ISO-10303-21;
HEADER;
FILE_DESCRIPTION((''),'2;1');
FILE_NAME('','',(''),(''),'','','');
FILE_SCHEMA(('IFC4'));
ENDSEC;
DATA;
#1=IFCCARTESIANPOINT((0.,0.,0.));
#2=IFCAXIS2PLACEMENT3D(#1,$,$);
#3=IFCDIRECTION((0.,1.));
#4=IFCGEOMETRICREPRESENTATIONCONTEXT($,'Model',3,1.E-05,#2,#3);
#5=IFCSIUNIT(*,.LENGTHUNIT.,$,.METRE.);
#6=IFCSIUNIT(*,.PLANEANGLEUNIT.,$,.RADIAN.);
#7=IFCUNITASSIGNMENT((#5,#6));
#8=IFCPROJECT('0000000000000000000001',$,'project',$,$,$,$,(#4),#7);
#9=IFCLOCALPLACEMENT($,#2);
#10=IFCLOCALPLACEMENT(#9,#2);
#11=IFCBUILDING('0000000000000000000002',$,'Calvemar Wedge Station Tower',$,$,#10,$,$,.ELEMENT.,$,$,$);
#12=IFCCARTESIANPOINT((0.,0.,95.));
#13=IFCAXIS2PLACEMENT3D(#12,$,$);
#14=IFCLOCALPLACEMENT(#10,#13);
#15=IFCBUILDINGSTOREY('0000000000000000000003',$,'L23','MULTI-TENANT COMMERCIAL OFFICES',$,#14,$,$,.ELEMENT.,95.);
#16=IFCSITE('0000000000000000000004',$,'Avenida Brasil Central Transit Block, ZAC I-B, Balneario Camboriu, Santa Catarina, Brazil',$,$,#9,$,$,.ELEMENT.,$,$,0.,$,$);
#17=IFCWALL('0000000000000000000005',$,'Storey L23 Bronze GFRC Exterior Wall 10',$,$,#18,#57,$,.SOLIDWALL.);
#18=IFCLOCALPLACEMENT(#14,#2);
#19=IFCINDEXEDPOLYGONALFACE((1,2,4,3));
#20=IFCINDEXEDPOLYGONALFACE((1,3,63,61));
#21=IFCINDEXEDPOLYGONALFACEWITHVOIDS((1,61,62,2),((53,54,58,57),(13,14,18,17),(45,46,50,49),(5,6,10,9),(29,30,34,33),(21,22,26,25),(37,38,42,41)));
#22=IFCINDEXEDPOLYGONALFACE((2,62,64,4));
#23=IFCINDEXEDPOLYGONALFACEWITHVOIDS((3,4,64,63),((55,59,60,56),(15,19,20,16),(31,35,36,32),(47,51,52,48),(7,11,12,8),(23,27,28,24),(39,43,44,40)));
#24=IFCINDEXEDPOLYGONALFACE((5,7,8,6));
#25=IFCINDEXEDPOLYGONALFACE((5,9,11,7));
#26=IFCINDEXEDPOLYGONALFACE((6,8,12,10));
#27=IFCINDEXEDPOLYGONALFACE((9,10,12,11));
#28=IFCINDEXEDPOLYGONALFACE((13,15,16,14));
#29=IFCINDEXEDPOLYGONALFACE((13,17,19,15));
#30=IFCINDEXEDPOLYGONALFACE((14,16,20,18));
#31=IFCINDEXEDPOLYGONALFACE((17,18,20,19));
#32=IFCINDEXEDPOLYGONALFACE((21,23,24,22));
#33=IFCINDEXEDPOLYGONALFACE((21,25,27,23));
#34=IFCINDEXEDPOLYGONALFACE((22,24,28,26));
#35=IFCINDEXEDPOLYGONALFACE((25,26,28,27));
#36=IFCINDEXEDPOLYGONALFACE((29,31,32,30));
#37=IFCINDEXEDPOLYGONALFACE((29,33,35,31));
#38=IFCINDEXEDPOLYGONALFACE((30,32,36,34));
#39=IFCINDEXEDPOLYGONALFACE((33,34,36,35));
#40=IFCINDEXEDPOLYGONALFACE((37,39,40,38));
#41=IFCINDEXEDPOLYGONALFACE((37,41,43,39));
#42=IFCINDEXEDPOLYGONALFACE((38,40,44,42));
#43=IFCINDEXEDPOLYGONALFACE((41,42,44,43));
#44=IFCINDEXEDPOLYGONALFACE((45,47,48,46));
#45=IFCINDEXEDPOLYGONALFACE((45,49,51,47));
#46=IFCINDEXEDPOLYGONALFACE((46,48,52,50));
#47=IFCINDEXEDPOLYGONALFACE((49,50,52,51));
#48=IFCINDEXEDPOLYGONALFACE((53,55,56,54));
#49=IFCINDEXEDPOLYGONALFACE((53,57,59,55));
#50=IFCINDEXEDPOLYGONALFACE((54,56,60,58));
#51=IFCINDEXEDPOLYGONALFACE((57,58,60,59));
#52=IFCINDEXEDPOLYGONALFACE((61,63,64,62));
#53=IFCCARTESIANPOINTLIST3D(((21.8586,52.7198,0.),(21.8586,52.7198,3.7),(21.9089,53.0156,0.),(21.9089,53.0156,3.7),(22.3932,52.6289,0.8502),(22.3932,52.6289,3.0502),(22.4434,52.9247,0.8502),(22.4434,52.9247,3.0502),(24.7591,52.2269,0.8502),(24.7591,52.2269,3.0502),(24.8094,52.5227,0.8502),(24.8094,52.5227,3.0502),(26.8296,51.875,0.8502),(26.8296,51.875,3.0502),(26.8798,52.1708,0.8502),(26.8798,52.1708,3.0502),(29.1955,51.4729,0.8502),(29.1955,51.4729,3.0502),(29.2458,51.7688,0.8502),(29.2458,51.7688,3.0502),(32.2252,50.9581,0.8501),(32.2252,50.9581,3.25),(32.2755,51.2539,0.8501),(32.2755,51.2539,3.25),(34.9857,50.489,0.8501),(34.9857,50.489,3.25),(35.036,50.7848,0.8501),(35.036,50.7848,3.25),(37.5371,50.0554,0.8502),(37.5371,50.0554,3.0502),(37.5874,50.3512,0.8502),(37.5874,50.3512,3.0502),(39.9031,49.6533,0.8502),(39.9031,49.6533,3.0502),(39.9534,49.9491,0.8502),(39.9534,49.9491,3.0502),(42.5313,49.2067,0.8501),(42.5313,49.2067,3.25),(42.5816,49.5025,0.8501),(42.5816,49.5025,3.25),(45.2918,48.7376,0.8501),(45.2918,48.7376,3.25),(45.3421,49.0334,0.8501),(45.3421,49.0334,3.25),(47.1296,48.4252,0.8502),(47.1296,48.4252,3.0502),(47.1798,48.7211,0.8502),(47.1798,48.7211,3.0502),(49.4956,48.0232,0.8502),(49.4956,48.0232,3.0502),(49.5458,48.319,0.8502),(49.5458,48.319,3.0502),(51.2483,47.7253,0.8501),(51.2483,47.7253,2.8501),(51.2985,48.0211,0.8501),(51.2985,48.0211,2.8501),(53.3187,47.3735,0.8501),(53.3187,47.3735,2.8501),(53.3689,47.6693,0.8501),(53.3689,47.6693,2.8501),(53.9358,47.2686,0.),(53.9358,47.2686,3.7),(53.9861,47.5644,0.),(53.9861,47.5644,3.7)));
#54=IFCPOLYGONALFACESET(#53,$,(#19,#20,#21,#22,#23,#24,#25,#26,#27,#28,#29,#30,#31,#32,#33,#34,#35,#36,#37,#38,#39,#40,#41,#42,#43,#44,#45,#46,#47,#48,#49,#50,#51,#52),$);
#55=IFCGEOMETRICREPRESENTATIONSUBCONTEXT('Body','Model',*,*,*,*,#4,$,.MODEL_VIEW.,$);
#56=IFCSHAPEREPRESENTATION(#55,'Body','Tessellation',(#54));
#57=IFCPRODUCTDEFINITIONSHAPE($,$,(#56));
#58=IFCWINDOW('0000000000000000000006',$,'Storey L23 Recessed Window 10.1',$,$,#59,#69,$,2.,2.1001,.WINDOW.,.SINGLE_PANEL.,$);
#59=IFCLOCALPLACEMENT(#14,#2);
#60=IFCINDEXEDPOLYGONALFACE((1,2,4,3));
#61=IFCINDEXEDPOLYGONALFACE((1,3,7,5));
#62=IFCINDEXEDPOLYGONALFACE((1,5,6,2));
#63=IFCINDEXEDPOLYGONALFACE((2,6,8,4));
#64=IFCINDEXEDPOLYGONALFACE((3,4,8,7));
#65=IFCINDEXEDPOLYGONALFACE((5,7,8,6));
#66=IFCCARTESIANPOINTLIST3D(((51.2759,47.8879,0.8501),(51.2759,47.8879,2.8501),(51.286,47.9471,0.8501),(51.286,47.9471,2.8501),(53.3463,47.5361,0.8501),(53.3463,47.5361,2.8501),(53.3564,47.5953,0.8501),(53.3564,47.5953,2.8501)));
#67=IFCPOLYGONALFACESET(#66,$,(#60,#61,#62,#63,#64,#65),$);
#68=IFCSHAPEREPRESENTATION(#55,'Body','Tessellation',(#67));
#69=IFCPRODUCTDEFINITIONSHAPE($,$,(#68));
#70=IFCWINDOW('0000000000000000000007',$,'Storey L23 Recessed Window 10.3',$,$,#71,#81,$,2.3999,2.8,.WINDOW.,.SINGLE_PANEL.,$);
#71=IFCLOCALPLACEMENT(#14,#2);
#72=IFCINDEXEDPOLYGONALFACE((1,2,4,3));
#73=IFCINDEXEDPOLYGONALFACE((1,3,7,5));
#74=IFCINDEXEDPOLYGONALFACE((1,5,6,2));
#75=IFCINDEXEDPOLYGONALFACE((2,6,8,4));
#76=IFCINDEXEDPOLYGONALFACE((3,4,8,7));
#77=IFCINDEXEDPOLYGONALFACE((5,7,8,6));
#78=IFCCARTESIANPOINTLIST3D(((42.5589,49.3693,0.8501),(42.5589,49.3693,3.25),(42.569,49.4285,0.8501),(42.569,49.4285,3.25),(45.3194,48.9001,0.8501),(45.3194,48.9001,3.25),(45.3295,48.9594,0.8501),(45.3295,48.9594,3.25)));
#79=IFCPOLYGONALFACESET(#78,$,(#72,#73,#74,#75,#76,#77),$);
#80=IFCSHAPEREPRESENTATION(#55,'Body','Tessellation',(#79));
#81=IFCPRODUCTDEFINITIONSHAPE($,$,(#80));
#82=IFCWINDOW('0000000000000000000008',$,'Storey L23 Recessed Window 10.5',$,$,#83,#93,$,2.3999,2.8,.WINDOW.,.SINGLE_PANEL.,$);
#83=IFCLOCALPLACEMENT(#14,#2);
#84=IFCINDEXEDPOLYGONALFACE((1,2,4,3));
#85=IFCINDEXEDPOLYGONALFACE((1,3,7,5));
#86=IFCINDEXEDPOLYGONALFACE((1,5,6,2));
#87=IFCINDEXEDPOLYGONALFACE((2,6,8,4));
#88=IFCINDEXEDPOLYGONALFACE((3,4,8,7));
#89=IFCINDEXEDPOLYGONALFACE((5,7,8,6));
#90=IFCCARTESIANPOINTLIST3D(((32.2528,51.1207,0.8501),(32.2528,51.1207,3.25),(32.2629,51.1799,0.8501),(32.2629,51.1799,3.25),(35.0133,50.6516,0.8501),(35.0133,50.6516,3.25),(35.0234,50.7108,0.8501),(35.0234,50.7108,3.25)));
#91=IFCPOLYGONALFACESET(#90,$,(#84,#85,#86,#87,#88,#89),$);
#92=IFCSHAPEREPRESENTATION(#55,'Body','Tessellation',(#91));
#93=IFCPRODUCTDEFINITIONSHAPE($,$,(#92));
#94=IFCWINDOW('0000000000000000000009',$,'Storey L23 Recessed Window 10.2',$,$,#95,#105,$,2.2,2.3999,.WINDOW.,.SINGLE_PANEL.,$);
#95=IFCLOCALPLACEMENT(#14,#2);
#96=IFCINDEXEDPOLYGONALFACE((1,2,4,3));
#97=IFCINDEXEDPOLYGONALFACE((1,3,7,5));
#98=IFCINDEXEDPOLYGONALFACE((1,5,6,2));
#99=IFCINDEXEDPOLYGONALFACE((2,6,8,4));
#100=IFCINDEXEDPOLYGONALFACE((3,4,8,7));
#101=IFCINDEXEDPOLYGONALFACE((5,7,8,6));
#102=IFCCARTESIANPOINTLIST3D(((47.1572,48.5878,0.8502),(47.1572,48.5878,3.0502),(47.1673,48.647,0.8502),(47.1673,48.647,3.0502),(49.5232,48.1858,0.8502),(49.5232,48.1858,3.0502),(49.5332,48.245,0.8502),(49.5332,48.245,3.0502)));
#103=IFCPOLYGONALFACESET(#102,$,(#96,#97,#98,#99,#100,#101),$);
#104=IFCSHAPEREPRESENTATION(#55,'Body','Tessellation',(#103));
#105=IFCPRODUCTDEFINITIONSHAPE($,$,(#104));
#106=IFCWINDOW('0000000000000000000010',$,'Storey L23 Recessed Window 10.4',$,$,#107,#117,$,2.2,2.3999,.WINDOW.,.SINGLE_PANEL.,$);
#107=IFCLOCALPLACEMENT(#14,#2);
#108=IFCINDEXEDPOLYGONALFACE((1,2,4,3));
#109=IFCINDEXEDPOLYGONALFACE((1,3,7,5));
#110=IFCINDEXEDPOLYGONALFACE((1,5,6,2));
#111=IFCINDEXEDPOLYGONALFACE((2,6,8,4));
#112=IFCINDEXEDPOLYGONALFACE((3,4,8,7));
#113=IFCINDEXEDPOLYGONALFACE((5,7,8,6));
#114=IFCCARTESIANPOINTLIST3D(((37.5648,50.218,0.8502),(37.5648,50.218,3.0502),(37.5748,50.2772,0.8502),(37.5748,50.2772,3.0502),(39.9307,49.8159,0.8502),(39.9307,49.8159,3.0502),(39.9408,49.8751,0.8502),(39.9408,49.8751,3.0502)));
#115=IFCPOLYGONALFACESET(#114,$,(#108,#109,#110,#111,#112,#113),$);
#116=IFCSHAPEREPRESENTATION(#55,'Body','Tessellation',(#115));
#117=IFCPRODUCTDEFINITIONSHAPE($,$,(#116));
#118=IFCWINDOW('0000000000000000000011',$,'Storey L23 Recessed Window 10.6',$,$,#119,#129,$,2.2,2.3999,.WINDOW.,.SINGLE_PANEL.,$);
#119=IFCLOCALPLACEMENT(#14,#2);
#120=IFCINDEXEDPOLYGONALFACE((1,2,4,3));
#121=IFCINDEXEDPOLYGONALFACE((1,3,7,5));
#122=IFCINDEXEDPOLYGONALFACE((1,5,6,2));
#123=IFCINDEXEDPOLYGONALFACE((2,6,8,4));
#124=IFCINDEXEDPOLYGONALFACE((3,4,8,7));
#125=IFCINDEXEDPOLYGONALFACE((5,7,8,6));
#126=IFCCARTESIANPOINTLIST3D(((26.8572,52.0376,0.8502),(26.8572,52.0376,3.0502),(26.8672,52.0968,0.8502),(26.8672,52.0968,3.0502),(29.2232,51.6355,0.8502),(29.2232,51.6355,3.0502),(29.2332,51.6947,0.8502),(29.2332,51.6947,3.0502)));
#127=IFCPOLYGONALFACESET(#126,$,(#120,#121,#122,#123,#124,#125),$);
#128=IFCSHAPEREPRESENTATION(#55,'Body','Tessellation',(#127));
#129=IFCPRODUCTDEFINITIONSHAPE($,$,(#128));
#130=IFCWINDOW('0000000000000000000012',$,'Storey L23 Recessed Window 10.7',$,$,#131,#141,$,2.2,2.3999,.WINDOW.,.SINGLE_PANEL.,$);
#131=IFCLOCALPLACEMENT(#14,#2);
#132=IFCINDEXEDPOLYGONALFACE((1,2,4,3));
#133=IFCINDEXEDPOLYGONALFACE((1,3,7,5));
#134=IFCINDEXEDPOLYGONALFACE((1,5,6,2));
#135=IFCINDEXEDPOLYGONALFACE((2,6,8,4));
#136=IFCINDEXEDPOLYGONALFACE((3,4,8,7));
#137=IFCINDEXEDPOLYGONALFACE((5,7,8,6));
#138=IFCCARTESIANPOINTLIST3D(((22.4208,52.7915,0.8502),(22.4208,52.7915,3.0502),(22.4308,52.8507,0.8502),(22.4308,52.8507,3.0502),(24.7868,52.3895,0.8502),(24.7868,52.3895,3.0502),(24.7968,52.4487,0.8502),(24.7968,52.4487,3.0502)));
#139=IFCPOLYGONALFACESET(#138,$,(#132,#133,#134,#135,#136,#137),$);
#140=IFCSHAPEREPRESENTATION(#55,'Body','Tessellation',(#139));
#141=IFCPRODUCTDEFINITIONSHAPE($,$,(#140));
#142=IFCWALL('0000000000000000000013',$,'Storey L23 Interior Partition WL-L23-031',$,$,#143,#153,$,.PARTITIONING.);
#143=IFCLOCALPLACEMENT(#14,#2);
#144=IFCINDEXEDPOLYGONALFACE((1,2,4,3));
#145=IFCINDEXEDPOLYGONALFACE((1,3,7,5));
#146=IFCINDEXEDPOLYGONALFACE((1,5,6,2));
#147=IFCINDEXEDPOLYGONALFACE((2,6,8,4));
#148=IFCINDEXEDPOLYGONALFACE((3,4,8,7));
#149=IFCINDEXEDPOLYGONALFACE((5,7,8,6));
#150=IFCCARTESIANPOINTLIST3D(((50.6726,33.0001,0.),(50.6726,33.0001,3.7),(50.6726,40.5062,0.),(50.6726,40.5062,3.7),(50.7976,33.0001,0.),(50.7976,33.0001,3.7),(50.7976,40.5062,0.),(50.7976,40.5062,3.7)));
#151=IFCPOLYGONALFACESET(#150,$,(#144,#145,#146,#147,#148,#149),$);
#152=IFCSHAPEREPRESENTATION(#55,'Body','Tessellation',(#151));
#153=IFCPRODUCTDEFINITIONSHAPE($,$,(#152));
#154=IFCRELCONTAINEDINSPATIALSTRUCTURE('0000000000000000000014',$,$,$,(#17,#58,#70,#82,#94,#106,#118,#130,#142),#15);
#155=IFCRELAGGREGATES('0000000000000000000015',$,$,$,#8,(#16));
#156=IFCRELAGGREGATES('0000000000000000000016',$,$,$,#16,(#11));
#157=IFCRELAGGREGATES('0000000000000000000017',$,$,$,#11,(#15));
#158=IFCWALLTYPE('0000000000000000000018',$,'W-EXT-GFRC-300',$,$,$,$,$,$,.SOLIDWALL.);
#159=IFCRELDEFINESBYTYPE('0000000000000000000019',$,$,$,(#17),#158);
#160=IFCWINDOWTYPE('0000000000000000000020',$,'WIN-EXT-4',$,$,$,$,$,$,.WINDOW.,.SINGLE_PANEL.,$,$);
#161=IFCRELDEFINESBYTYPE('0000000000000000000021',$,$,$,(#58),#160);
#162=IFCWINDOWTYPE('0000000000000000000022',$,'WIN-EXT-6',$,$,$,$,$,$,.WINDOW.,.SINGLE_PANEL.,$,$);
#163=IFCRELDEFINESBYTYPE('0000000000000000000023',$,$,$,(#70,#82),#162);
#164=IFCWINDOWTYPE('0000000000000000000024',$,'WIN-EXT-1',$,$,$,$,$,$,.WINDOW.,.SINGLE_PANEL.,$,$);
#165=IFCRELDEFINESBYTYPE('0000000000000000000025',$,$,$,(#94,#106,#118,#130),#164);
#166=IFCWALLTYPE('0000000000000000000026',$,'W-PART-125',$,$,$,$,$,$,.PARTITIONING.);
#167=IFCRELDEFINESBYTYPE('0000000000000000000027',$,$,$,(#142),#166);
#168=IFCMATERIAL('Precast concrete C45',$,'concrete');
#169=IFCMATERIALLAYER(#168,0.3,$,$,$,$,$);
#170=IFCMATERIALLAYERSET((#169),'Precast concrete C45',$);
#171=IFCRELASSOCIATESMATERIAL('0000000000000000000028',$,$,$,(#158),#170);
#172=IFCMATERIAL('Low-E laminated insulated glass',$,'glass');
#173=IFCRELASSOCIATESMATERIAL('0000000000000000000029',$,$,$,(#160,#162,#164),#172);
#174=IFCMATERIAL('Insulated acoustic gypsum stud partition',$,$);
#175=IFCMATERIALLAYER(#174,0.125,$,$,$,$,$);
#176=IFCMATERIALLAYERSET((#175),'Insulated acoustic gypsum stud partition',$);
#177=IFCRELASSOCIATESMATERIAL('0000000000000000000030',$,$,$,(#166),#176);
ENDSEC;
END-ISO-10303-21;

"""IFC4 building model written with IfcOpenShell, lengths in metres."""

from ifc_helpers import new_model, si_unit, direction, frame, frame_2d, origin, place, context, subcontext, project, spatial, rectangle, extrude, source, transform, mapped, material, layer, layer_set, type_object, element, fill, save


model = new_model("IFC4")

# Units and contexts
model_context = context("Model", 3, precision=1e-05, world=origin(), true_north=direction((0.0, 1.0)))
body_context = subcontext(model_context, "Body", "Model", "MODEL_VIEW")
ifc_project = project(units=[si_unit("LENGTHUNIT", "METRE"), si_unit("PLANEANGLEUNIT", "RADIAN")], contexts=[model_context])

# Site, building, storey
site_placement = place(None, origin())
site = spatial("IfcSite", under=ifc_project, at=site_placement, Name="Avenida Brasil Central Transit Block, ZAC I-B, Balneario Camboriu, Santa Catarina, Brazil", CompositionType="ELEMENT", RefElevation=0.0)
building_placement = place(site_placement, origin())
building = spatial("IfcBuilding", under=site, at=building_placement, Name="Calvemar Wedge Station Tower", CompositionType="ELEMENT")
storey_placement = place(building_placement, frame((0.0, 0.0, 95.0)))
storey = spatial("IfcBuildingStorey", under=building, at=storey_placement, Name="L23", Description="MULTI-TENANT COMMERCIAL OFFICES", CompositionType="ELEMENT", Elevation=95.0)

# Shared definitions
ifc_material_1 = material(Name="Low-E laminated insulated glass", Category="glass")

# Shared definitions
ifc_material_2 = material(Name="Precast concrete C45", Category="concrete")
ifc_layer_1 = layer(ifc_material_2, 0.3)
ifc_layer_set_1 = layer_set([ifc_layer_1], Name="Precast concrete C45")
wall_type_1 = type_object("IfcWallType", Name="W-EXT-GFRC-300", PredefinedType="SOLIDWALL", material=ifc_layer_set_1)

# Wall, openings, windows
wall_1_placement = place(storey_placement, frame((53.9609, 47.4165, 0.0), z_axis=(0.0, 0.0, 1.0), x_axis=(-0.985866, 0.167537, 0.0)))
wall_1 = element("IfcWall", 1, at=wall_1_placement, inside=storey, type_object=wall_type_1, Name="Storey L23 Bronze GFRC Exterior Wall 10", PredefinedType="SOLIDWALL", context=body_context, shape_type="SweptSolid", body=[
    extrude(rectangle(XDim=32.5371, YDim=0.3, at=frame_2d((16.2686, 0.0))), origin(), (0.0, 0.0, 1.0), 3.7),
])
shared_shape_1 = source(origin(), body_context, "Body", "SweptSolid", [
    extrude(rectangle(XDim=2.1001, YDim=2.0, at=frame_2d((1.05, 1.0))), frame((0.0, 0.1602, 0.0), z_axis=(0.0, -1.0, 0.0), x_axis=(1.0, 0.0, 0.0)), (0.0, 0.0, 1.0), 0.3201),
])
opening_1_placement = place(wall_1_placement, frame((0.626, 0.0, 0.8501)))
opening_1 = element("IfcOpeningElement", 2, at=opening_1_placement, cuts=wall_1, PredefinedType="OPENING", context=body_context, shape_type="MappedRepresentation", body=[
    mapped(shared_shape_1, transform((0.0, 0.0, 0.0), scale=1.0)),
])
shared_shape_2 = source(origin(), body_context, "Body", "SweptSolid", [
    extrude(rectangle(XDim=2.3999, YDim=2.2, at=frame_2d((1.2, 1.1001))), frame((0.0, 0.1602, 0.0), z_axis=(0.0, -1.0, 0.0), x_axis=(1.0, 0.0, 0.0)), (0.0, 0.0, 1.0), 0.3201),
])
opening_2_placement = place(wall_1_placement, frame((4.5039, 0.0, 0.8501)))
opening_2 = element("IfcOpeningElement", 3, at=opening_2_placement, cuts=wall_1, PredefinedType="OPENING", context=body_context, shape_type="MappedRepresentation", body=[
    mapped(shared_shape_2, transform((0.0, 0.0, 0.0), scale=1.0)),
])
shared_shape_3 = source(origin(), body_context, "Body", "SweptSolid", [
    extrude(rectangle(XDim=2.8, YDim=2.3999, at=frame_2d((1.3999, 1.2))), frame((0.0, 0.1602, 0.0), z_axis=(0.0, -1.0, 0.0), x_axis=(1.0, 0.0, 0.0)), (0.0, 0.0, 1.0), 0.3201),
])
opening_3_placement = place(wall_1_placement, frame((8.7681, 0.0, 0.8501)))
opening_3 = element("IfcOpeningElement", 4, at=opening_3_placement, cuts=wall_1, PredefinedType="OPENING", context=body_context, shape_type="MappedRepresentation", body=[
    mapped(shared_shape_3, transform((0.0, 0.0, 0.0), scale=1.0)),
])
opening_4_placement = place(wall_1_placement, frame((14.2339, 0.0, 0.8501)))
opening_4 = element("IfcOpeningElement", 5, at=opening_4_placement, cuts=wall_1, PredefinedType="OPENING", context=body_context, shape_type="MappedRepresentation", body=[
    mapped(shared_shape_2, transform((0.0, 0.0, 0.0), scale=1.0)),
])
opening_5_placement = place(wall_1_placement, frame((19.2219, 0.0, 0.8501)))
opening_5 = element("IfcOpeningElement", 6, at=opening_5_placement, cuts=wall_1, PredefinedType="OPENING", context=body_context, shape_type="MappedRepresentation", body=[
    mapped(shared_shape_3, transform((0.0, 0.0, 0.0), scale=1.0)),
])
opening_6_placement = place(wall_1_placement, frame((25.095, 0.0, 0.8501)))
opening_6 = element("IfcOpeningElement", 7, at=opening_6_placement, cuts=wall_1, PredefinedType="OPENING", context=body_context, shape_type="MappedRepresentation", body=[
    mapped(shared_shape_2, transform((0.0, 0.0, 0.0), scale=1.0)),
])
opening_7_placement = place(wall_1_placement, frame((29.595, 0.0, 0.8501)))
opening_7 = element("IfcOpeningElement", 8, at=opening_7_placement, cuts=wall_1, PredefinedType="OPENING", context=body_context, shape_type="MappedRepresentation", body=[
    mapped(shared_shape_2, transform((0.0, 0.0, 0.0), scale=1.0)),
])
window_type_1 = type_object("IfcWindowType", Name="WIN-EXT-4", PartitioningType="SINGLE_PANEL", PredefinedType="WINDOW", material=ifc_material_1)
shared_shape_4 = source(origin(), body_context, "Body", "SweptSolid", [
    extrude(rectangle(XDim=2.1001, YDim=2.0, at=frame_2d((1.05, 1.0))), frame((0.0, -0.0149, 0.0), z_axis=(0.0, -1.0, 0.0), x_axis=(1.0, 0.0, 0.0)), (0.0, 0.0, 1.0), 0.0601),
])
window_1_placement = place(opening_1_placement, origin())
window_1 = element("IfcWindow", 9, at=window_1_placement, inside=storey, type_object=window_type_1, Name="Storey L23 Recessed Window 10.1", OverallHeight=2.0, OverallWidth=2.1001, PartitioningType="SINGLE_PANEL", PredefinedType="WINDOW", context=body_context, shape_type="MappedRepresentation", body=[
    mapped(shared_shape_4, transform((0.0, 0.0, 0.0), scale=1.0)),
])
fill(opening_1, window_1)
window_type_2 = type_object("IfcWindowType", Name="WIN-EXT-6", PartitioningType="SINGLE_PANEL", PredefinedType="WINDOW", material=ifc_material_1)
shared_shape_5 = source(origin(), body_context, "Body", "SweptSolid", [
    extrude(rectangle(XDim=2.8, YDim=2.3999, at=frame_2d((1.3999, 1.2))), frame((0.0, -0.0149, 0.0), z_axis=(0.0, -1.0, 0.0), x_axis=(1.0, 0.0, 0.0)), (0.0, 0.0, 1.0), 0.0601),
])
window_2_placement = place(opening_3_placement, origin())
window_2 = element("IfcWindow", 10, at=window_2_placement, inside=storey, type_object=window_type_2, Name="Storey L23 Recessed Window 10.3", OverallHeight=2.3999, OverallWidth=2.8, PartitioningType="SINGLE_PANEL", PredefinedType="WINDOW", context=body_context, shape_type="MappedRepresentation", body=[
    mapped(shared_shape_5, transform((0.0, 0.0, 0.0), scale=1.0)),
])
fill(opening_3, window_2)
window_3_placement = place(opening_5_placement, origin())
window_3 = element("IfcWindow", 11, at=window_3_placement, inside=storey, type_object=window_type_2, Name="Storey L23 Recessed Window 10.5", OverallHeight=2.3999, OverallWidth=2.8, PartitioningType="SINGLE_PANEL", PredefinedType="WINDOW", context=body_context, shape_type="MappedRepresentation", body=[
    mapped(shared_shape_5, transform((0.0, 0.0, 0.0), scale=1.0)),
])
fill(opening_5, window_3)
window_type_3 = type_object("IfcWindowType", Name="WIN-EXT-1", PartitioningType="SINGLE_PANEL", PredefinedType="WINDOW", material=ifc_material_1)
shared_shape_6 = source(origin(), body_context, "Body", "SweptSolid", [
    extrude(rectangle(XDim=2.3999, YDim=2.2, at=frame_2d((1.2, 1.1001))), frame((0.0, -0.0149, 0.0), z_axis=(0.0, -1.0, 0.0), x_axis=(1.0, 0.0, 0.0)), (0.0, 0.0, 1.0), 0.0601),
])
window_4_placement = place(opening_2_placement, origin())
window_4 = element("IfcWindow", 12, at=window_4_placement, inside=storey, type_object=window_type_3, Name="Storey L23 Recessed Window 10.2", OverallHeight=2.2, OverallWidth=2.3999, PartitioningType="SINGLE_PANEL", PredefinedType="WINDOW", context=body_context, shape_type="MappedRepresentation", body=[
    mapped(shared_shape_6, transform((0.0, 0.0, 0.0), scale=1.0)),
])
fill(opening_2, window_4)
window_5_placement = place(opening_4_placement, origin())
window_5 = element("IfcWindow", 13, at=window_5_placement, inside=storey, type_object=window_type_3, Name="Storey L23 Recessed Window 10.4", OverallHeight=2.2, OverallWidth=2.3999, PartitioningType="SINGLE_PANEL", PredefinedType="WINDOW", context=body_context, shape_type="MappedRepresentation", body=[
    mapped(shared_shape_6, transform((0.0, 0.0, 0.0), scale=1.0)),
])
fill(opening_4, window_5)
window_6_placement = place(opening_6_placement, origin())
window_6 = element("IfcWindow", 14, at=window_6_placement, inside=storey, type_object=window_type_3, Name="Storey L23 Recessed Window 10.6", OverallHeight=2.2, OverallWidth=2.3999, PartitioningType="SINGLE_PANEL", PredefinedType="WINDOW", context=body_context, shape_type="MappedRepresentation", body=[
    mapped(shared_shape_6, transform((0.0, 0.0, 0.0), scale=1.0)),
])
fill(opening_6, window_6)
window_7_placement = place(opening_7_placement, origin())
window_7 = element("IfcWindow", 15, at=window_7_placement, inside=storey, type_object=window_type_3, Name="Storey L23 Recessed Window 10.7", OverallHeight=2.2, OverallWidth=2.3999, PartitioningType="SINGLE_PANEL", PredefinedType="WINDOW", context=body_context, shape_type="MappedRepresentation", body=[
    mapped(shared_shape_6, transform((0.0, 0.0, 0.0), scale=1.0)),
])
fill(opening_7, window_7)

# Wall
ifc_material_3 = material(Name="Insulated acoustic gypsum stud partition")
ifc_layer_2 = layer(ifc_material_3, 0.125)
ifc_layer_set_2 = layer_set([ifc_layer_2], Name="Insulated acoustic gypsum stud partition")
wall_type_2 = type_object("IfcWallType", Name="W-PART-125", PredefinedType="PARTITIONING", material=ifc_layer_set_2)
wall_2_placement = place(storey_placement, frame((50.7351, 40.5061, 0.0), z_axis=(0.0, 0.0, 1.0), x_axis=(0.0, -1.0, 0.0)))
element("IfcWall", 16, at=wall_2_placement, inside=storey, type_object=wall_type_2, Name="Storey L23 Interior Partition WL-L23-031", PredefinedType="PARTITIONING", context=body_context, shape_type="SweptSolid", body=[
    extrude(rectangle(XDim=7.5061, YDim=0.125, at=frame_2d((3.7529, 0.0))), origin(), (0.0, 0.0, 1.0), 3.7),
])

save(model, "model.ifc")
